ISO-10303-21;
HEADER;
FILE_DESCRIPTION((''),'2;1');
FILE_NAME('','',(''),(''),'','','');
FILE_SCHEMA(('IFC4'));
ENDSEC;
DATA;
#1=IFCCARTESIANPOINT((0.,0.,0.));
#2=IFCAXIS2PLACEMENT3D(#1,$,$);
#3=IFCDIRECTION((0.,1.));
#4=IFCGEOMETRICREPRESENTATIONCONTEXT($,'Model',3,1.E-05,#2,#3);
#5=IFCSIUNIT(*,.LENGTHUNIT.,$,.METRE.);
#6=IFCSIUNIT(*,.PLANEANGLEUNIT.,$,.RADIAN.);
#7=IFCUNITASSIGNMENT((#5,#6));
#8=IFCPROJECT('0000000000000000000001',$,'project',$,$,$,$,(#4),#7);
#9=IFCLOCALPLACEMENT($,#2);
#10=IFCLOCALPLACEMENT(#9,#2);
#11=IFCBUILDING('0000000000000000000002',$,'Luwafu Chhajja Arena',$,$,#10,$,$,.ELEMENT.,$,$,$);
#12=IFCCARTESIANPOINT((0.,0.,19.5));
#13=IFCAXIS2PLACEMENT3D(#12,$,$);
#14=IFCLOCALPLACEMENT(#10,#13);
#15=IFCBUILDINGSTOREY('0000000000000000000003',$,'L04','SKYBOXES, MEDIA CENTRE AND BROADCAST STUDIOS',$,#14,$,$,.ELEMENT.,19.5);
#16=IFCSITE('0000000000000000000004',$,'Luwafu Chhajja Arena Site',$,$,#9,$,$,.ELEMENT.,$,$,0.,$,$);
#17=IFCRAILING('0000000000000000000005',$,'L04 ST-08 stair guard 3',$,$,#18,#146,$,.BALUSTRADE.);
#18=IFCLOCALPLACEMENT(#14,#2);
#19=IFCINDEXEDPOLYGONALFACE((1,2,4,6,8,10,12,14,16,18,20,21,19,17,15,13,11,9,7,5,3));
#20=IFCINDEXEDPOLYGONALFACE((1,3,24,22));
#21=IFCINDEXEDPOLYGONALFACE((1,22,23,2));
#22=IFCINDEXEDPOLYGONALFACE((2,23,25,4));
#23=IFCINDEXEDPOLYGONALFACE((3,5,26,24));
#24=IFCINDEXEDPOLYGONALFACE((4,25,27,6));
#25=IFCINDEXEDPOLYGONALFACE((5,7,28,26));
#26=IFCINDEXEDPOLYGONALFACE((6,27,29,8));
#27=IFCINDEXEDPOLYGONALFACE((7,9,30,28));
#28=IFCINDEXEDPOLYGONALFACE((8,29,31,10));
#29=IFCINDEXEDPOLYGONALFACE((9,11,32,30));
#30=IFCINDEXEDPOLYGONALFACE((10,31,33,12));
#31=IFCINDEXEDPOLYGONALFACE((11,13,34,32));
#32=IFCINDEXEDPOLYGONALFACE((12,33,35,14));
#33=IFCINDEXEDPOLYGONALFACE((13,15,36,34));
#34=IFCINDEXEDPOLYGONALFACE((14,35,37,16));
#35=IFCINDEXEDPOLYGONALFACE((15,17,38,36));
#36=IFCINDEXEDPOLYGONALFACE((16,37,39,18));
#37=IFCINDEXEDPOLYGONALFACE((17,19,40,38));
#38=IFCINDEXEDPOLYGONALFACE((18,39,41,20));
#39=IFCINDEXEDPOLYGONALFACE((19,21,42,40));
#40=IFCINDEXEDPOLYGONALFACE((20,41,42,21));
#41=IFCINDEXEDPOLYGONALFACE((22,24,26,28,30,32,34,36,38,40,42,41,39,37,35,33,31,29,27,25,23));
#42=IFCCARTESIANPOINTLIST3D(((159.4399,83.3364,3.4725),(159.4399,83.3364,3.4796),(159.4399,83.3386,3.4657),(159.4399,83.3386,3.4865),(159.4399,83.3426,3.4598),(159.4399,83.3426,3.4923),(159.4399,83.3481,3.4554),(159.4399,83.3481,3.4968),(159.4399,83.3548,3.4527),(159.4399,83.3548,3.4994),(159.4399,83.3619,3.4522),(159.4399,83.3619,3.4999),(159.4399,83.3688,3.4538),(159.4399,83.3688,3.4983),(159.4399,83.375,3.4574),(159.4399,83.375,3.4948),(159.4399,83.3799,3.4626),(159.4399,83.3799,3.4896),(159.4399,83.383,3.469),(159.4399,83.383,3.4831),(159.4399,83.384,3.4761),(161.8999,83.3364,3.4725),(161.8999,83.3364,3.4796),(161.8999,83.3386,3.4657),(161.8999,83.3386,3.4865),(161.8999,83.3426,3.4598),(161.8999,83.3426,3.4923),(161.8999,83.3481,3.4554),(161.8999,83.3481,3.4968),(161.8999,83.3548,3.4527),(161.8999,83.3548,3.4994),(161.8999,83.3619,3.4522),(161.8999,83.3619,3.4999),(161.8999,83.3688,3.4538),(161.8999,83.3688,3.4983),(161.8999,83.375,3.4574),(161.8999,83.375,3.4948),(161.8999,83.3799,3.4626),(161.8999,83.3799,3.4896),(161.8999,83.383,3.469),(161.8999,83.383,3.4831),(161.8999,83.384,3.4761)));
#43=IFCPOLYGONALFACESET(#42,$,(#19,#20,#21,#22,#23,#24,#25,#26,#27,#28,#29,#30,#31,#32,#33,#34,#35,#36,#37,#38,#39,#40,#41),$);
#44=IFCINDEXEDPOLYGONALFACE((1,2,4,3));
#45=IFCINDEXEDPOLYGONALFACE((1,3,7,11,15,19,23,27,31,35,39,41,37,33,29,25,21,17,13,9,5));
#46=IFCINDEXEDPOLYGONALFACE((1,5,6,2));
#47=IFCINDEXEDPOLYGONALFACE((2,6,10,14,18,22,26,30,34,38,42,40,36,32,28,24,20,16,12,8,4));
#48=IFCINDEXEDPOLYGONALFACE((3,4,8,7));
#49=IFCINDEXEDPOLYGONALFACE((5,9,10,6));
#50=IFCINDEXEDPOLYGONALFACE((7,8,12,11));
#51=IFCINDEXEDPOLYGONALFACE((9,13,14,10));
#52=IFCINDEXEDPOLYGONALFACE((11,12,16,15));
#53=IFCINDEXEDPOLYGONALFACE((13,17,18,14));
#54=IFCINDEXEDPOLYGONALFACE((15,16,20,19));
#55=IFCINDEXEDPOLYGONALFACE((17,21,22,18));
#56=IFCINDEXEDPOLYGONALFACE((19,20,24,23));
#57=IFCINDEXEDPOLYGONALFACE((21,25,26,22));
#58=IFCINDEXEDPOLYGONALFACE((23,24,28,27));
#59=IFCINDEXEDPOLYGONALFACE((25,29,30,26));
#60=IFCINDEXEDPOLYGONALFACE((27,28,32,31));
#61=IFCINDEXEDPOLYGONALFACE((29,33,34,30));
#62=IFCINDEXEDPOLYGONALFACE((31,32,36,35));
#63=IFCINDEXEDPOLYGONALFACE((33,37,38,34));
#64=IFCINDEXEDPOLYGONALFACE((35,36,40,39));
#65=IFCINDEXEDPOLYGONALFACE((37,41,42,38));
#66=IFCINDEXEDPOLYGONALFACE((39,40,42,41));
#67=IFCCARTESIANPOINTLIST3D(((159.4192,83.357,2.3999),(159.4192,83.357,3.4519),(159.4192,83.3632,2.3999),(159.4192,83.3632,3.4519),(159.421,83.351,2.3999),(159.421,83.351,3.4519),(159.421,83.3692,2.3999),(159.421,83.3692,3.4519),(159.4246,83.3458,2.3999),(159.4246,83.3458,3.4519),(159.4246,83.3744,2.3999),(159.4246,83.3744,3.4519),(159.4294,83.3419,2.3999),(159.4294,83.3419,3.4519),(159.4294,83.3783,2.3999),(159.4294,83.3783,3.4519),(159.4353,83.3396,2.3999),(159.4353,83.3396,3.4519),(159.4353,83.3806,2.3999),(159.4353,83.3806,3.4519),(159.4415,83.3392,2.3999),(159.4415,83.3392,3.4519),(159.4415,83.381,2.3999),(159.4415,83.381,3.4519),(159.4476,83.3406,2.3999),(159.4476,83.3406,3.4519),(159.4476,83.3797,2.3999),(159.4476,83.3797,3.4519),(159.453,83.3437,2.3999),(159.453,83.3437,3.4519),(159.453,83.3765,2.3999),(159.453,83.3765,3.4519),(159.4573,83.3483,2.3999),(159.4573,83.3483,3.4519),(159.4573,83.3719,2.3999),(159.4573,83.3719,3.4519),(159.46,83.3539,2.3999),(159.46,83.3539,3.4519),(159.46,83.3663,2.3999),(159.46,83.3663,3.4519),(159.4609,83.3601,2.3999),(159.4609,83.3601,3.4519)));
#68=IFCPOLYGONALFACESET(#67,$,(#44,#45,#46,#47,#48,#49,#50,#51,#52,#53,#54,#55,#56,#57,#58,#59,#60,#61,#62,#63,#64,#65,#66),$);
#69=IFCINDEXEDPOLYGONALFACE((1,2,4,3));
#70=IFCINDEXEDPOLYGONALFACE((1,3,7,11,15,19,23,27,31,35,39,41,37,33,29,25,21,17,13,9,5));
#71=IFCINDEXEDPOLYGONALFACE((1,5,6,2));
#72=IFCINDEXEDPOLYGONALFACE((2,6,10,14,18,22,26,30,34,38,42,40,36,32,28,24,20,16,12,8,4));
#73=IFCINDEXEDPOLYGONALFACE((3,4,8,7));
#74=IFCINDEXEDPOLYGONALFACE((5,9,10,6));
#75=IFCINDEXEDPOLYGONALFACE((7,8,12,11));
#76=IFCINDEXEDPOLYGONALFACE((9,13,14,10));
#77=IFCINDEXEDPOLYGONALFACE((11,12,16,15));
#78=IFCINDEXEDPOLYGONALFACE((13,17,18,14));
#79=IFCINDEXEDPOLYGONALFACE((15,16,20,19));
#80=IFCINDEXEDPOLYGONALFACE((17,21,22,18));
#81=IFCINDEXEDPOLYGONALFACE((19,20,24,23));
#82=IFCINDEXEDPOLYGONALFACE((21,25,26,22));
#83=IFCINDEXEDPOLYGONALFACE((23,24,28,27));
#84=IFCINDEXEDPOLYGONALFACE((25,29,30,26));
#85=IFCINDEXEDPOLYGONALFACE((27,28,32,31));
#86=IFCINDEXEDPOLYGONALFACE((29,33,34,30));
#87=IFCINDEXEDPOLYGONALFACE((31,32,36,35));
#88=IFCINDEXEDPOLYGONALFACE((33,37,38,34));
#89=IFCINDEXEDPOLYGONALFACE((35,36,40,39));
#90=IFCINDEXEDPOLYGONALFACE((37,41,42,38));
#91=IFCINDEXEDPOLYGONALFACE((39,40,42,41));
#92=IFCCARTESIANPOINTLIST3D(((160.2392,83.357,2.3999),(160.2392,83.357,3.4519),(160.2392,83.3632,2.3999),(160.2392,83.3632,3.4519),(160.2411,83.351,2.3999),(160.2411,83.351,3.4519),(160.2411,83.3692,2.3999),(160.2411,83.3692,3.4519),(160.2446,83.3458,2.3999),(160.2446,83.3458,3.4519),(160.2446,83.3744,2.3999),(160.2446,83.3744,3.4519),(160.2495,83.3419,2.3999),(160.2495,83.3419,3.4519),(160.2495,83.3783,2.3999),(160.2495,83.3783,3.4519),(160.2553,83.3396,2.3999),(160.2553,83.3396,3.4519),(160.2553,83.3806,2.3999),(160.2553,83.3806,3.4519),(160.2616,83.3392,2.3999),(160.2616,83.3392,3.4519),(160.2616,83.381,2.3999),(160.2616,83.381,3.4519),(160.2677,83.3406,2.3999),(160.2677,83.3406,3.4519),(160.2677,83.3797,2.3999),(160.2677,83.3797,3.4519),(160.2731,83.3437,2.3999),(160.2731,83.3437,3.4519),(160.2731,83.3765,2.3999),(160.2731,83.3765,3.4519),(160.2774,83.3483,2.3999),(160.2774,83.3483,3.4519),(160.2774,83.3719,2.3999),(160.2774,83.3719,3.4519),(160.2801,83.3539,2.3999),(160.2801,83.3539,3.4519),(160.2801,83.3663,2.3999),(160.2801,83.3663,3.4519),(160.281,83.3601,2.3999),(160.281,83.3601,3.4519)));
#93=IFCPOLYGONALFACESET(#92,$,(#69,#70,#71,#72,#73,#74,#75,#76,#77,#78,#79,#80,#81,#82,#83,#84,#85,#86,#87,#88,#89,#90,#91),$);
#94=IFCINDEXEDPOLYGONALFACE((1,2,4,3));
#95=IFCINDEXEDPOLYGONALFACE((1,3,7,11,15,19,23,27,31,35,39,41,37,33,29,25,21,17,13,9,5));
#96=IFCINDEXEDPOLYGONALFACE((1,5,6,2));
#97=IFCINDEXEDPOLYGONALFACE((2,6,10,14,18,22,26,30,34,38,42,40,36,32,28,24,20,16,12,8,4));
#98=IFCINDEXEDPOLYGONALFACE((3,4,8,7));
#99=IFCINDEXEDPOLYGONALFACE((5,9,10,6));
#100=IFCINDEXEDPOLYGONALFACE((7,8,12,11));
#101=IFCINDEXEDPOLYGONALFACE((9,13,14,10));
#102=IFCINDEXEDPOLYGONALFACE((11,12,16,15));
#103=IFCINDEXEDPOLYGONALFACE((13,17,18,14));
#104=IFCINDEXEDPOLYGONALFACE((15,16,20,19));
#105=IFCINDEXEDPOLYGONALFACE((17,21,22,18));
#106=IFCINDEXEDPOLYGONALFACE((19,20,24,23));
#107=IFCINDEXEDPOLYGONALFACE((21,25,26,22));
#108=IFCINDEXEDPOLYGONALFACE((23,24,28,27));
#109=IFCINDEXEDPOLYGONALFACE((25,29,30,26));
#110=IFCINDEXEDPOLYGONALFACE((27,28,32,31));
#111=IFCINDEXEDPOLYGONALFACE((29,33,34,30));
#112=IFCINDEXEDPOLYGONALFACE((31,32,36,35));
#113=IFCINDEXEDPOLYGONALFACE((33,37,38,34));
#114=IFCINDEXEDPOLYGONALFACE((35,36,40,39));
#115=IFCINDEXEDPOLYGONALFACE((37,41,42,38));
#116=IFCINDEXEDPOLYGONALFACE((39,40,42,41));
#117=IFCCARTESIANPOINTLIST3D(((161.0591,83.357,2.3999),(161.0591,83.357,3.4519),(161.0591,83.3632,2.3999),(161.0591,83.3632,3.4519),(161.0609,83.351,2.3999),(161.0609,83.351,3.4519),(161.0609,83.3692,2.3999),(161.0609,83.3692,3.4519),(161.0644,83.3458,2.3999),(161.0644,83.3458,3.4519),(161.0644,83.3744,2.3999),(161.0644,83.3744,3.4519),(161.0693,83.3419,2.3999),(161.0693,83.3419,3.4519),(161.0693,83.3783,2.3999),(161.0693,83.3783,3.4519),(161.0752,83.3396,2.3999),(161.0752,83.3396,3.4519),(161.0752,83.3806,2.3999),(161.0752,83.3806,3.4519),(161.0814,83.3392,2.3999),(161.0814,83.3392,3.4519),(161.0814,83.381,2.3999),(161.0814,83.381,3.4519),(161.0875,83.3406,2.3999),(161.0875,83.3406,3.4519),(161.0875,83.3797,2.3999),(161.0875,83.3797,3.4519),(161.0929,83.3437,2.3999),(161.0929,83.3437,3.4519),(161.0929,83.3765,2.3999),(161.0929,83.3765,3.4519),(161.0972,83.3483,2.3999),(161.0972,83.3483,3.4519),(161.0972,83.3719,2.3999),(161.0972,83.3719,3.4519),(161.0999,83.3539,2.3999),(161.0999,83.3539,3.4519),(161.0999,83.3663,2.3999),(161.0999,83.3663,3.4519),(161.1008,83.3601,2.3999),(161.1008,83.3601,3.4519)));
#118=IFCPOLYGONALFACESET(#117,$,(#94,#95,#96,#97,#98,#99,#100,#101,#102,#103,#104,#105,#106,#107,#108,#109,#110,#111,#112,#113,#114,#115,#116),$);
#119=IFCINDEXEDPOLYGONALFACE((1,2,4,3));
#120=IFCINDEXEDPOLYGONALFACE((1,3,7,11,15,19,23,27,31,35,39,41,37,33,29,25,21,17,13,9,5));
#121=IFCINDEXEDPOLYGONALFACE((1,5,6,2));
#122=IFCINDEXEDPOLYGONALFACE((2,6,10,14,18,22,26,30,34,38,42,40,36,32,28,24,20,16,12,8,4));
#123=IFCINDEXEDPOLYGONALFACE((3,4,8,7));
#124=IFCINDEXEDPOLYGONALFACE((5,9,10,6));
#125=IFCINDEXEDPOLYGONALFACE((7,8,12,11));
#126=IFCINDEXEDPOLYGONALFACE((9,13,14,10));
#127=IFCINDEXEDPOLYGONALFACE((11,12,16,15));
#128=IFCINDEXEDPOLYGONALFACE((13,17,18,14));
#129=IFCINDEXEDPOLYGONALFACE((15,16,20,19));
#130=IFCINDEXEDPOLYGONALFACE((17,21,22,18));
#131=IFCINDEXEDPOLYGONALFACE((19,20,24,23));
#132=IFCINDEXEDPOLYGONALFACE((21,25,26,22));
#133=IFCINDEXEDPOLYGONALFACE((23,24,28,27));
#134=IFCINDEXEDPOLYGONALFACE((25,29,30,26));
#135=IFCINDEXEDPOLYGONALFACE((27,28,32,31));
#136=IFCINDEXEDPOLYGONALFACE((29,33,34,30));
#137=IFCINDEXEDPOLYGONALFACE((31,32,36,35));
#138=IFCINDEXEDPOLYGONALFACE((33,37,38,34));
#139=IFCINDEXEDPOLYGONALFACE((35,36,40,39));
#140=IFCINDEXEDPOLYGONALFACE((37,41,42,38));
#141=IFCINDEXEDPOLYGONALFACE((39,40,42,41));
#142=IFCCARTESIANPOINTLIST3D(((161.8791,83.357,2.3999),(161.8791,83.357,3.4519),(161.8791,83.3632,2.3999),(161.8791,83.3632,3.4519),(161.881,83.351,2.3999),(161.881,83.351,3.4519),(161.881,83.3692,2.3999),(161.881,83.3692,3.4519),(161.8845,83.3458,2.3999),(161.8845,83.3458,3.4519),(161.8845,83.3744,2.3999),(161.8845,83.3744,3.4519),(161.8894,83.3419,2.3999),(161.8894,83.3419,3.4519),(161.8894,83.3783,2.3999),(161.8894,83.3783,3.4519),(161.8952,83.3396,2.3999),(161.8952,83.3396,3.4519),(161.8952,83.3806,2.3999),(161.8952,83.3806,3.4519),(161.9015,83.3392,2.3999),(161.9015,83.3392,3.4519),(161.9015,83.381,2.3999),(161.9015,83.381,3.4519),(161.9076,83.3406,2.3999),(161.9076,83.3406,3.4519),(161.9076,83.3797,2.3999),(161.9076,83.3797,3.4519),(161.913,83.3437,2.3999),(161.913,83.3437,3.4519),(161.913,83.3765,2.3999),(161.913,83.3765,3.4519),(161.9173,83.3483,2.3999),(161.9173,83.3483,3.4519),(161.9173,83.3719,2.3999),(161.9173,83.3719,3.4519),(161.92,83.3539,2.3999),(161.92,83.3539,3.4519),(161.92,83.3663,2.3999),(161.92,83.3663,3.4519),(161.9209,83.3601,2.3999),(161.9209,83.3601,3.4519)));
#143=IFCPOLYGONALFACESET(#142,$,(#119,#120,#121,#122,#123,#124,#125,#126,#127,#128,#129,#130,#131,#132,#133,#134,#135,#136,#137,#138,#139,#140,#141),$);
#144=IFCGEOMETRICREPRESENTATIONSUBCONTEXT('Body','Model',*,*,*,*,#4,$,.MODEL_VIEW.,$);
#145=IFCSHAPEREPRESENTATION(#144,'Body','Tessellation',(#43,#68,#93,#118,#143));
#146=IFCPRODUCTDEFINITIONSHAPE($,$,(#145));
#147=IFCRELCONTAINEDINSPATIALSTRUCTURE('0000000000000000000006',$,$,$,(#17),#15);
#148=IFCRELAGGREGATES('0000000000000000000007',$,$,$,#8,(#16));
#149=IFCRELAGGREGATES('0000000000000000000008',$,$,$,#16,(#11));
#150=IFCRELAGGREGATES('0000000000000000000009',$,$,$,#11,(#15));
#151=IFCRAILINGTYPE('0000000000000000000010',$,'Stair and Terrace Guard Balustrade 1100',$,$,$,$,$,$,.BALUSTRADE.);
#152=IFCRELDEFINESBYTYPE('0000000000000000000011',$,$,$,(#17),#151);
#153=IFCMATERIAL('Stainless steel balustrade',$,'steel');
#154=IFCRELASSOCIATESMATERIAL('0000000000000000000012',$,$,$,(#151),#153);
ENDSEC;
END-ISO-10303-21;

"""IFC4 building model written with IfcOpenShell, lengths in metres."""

from ifc_helpers import new_model, si_unit, direction, frame, origin, origin_2d, place, context, subcontext, project, spatial, circle, extrude, material, type_object, element, save


model = new_model("IFC4")

# Units and contexts
model_context = context("Model", 3, precision=1e-05, world=origin(), true_north=direction((0.0, 1.0)))
body_context = subcontext(model_context, "Body", "Model", "MODEL_VIEW")
ifc_project = project(units=[si_unit("LENGTHUNIT", "METRE"), si_unit("PLANEANGLEUNIT", "RADIAN")], contexts=[model_context])

# Site, building, storey
site_placement = place(None, origin())
site = spatial("IfcSite", under=ifc_project, at=site_placement, Name="Luwafu Chhajja Arena Site", CompositionType="ELEMENT", RefElevation=0.0)
building_placement = place(site_placement, origin())
building = spatial("IfcBuilding", under=site, at=building_placement, Name="Luwafu Chhajja Arena", CompositionType="ELEMENT")
storey_placement = place(building_placement, frame((0.0, 0.0, 19.5)))
storey = spatial("IfcBuildingStorey", under=building, at=storey_placement, Name="L04", Description="SKYBOXES, MEDIA CENTRE AND BROADCAST STUDIOS", CompositionType="ELEMENT", Elevation=19.5)

# Railing
ifc_material_1 = material(Name="Stainless steel balustrade", Category="steel")
railing_type_1 = type_object("IfcRailingType", Name="Stair and Terrace Guard Balustrade 1100", PredefinedType="BALUSTRADE", material=ifc_material_1)
for number, where, name in (
    (1, (159.4399, 83.3601, 2.3999), "L04 ST-08 stair guard 3"),
):
    element("IfcRailing", number, at=place(storey_placement, frame(where)), inside=storey, type_object=railing_type_1, Name=name, PredefinedType="BALUSTRADE", context=body_context, shape_type="SweptSolid", body=[
        extrude(circle(Radius=0.0239, at=origin_2d()), frame((0.0, 0.0, 1.0762), z_axis=(1.0, 0.0, 0.0), x_axis=(0.0, 1.0, 0.0)), (0.0, 0.0, 1.0), 2.46),
        extrude(circle(Radius=0.021, at=origin_2d()), origin(), (0.0, 0.0, 1.0), 1.052),
        extrude(circle(Radius=0.021, at=origin_2d()), frame((0.8201, 0.0, 0.0)), (0.0, 0.0, 1.0), 1.052),
        extrude(circle(Radius=0.021, at=origin_2d()), frame((1.6399, 0.0, 0.0)), (0.0, 0.0, 1.0), 1.052),
        extrude(circle(Radius=0.021, at=origin_2d()), frame((2.46, 0.0, 0.0)), (0.0, 0.0, 1.0), 1.052),
    ])

save(model, "model.ifc")
